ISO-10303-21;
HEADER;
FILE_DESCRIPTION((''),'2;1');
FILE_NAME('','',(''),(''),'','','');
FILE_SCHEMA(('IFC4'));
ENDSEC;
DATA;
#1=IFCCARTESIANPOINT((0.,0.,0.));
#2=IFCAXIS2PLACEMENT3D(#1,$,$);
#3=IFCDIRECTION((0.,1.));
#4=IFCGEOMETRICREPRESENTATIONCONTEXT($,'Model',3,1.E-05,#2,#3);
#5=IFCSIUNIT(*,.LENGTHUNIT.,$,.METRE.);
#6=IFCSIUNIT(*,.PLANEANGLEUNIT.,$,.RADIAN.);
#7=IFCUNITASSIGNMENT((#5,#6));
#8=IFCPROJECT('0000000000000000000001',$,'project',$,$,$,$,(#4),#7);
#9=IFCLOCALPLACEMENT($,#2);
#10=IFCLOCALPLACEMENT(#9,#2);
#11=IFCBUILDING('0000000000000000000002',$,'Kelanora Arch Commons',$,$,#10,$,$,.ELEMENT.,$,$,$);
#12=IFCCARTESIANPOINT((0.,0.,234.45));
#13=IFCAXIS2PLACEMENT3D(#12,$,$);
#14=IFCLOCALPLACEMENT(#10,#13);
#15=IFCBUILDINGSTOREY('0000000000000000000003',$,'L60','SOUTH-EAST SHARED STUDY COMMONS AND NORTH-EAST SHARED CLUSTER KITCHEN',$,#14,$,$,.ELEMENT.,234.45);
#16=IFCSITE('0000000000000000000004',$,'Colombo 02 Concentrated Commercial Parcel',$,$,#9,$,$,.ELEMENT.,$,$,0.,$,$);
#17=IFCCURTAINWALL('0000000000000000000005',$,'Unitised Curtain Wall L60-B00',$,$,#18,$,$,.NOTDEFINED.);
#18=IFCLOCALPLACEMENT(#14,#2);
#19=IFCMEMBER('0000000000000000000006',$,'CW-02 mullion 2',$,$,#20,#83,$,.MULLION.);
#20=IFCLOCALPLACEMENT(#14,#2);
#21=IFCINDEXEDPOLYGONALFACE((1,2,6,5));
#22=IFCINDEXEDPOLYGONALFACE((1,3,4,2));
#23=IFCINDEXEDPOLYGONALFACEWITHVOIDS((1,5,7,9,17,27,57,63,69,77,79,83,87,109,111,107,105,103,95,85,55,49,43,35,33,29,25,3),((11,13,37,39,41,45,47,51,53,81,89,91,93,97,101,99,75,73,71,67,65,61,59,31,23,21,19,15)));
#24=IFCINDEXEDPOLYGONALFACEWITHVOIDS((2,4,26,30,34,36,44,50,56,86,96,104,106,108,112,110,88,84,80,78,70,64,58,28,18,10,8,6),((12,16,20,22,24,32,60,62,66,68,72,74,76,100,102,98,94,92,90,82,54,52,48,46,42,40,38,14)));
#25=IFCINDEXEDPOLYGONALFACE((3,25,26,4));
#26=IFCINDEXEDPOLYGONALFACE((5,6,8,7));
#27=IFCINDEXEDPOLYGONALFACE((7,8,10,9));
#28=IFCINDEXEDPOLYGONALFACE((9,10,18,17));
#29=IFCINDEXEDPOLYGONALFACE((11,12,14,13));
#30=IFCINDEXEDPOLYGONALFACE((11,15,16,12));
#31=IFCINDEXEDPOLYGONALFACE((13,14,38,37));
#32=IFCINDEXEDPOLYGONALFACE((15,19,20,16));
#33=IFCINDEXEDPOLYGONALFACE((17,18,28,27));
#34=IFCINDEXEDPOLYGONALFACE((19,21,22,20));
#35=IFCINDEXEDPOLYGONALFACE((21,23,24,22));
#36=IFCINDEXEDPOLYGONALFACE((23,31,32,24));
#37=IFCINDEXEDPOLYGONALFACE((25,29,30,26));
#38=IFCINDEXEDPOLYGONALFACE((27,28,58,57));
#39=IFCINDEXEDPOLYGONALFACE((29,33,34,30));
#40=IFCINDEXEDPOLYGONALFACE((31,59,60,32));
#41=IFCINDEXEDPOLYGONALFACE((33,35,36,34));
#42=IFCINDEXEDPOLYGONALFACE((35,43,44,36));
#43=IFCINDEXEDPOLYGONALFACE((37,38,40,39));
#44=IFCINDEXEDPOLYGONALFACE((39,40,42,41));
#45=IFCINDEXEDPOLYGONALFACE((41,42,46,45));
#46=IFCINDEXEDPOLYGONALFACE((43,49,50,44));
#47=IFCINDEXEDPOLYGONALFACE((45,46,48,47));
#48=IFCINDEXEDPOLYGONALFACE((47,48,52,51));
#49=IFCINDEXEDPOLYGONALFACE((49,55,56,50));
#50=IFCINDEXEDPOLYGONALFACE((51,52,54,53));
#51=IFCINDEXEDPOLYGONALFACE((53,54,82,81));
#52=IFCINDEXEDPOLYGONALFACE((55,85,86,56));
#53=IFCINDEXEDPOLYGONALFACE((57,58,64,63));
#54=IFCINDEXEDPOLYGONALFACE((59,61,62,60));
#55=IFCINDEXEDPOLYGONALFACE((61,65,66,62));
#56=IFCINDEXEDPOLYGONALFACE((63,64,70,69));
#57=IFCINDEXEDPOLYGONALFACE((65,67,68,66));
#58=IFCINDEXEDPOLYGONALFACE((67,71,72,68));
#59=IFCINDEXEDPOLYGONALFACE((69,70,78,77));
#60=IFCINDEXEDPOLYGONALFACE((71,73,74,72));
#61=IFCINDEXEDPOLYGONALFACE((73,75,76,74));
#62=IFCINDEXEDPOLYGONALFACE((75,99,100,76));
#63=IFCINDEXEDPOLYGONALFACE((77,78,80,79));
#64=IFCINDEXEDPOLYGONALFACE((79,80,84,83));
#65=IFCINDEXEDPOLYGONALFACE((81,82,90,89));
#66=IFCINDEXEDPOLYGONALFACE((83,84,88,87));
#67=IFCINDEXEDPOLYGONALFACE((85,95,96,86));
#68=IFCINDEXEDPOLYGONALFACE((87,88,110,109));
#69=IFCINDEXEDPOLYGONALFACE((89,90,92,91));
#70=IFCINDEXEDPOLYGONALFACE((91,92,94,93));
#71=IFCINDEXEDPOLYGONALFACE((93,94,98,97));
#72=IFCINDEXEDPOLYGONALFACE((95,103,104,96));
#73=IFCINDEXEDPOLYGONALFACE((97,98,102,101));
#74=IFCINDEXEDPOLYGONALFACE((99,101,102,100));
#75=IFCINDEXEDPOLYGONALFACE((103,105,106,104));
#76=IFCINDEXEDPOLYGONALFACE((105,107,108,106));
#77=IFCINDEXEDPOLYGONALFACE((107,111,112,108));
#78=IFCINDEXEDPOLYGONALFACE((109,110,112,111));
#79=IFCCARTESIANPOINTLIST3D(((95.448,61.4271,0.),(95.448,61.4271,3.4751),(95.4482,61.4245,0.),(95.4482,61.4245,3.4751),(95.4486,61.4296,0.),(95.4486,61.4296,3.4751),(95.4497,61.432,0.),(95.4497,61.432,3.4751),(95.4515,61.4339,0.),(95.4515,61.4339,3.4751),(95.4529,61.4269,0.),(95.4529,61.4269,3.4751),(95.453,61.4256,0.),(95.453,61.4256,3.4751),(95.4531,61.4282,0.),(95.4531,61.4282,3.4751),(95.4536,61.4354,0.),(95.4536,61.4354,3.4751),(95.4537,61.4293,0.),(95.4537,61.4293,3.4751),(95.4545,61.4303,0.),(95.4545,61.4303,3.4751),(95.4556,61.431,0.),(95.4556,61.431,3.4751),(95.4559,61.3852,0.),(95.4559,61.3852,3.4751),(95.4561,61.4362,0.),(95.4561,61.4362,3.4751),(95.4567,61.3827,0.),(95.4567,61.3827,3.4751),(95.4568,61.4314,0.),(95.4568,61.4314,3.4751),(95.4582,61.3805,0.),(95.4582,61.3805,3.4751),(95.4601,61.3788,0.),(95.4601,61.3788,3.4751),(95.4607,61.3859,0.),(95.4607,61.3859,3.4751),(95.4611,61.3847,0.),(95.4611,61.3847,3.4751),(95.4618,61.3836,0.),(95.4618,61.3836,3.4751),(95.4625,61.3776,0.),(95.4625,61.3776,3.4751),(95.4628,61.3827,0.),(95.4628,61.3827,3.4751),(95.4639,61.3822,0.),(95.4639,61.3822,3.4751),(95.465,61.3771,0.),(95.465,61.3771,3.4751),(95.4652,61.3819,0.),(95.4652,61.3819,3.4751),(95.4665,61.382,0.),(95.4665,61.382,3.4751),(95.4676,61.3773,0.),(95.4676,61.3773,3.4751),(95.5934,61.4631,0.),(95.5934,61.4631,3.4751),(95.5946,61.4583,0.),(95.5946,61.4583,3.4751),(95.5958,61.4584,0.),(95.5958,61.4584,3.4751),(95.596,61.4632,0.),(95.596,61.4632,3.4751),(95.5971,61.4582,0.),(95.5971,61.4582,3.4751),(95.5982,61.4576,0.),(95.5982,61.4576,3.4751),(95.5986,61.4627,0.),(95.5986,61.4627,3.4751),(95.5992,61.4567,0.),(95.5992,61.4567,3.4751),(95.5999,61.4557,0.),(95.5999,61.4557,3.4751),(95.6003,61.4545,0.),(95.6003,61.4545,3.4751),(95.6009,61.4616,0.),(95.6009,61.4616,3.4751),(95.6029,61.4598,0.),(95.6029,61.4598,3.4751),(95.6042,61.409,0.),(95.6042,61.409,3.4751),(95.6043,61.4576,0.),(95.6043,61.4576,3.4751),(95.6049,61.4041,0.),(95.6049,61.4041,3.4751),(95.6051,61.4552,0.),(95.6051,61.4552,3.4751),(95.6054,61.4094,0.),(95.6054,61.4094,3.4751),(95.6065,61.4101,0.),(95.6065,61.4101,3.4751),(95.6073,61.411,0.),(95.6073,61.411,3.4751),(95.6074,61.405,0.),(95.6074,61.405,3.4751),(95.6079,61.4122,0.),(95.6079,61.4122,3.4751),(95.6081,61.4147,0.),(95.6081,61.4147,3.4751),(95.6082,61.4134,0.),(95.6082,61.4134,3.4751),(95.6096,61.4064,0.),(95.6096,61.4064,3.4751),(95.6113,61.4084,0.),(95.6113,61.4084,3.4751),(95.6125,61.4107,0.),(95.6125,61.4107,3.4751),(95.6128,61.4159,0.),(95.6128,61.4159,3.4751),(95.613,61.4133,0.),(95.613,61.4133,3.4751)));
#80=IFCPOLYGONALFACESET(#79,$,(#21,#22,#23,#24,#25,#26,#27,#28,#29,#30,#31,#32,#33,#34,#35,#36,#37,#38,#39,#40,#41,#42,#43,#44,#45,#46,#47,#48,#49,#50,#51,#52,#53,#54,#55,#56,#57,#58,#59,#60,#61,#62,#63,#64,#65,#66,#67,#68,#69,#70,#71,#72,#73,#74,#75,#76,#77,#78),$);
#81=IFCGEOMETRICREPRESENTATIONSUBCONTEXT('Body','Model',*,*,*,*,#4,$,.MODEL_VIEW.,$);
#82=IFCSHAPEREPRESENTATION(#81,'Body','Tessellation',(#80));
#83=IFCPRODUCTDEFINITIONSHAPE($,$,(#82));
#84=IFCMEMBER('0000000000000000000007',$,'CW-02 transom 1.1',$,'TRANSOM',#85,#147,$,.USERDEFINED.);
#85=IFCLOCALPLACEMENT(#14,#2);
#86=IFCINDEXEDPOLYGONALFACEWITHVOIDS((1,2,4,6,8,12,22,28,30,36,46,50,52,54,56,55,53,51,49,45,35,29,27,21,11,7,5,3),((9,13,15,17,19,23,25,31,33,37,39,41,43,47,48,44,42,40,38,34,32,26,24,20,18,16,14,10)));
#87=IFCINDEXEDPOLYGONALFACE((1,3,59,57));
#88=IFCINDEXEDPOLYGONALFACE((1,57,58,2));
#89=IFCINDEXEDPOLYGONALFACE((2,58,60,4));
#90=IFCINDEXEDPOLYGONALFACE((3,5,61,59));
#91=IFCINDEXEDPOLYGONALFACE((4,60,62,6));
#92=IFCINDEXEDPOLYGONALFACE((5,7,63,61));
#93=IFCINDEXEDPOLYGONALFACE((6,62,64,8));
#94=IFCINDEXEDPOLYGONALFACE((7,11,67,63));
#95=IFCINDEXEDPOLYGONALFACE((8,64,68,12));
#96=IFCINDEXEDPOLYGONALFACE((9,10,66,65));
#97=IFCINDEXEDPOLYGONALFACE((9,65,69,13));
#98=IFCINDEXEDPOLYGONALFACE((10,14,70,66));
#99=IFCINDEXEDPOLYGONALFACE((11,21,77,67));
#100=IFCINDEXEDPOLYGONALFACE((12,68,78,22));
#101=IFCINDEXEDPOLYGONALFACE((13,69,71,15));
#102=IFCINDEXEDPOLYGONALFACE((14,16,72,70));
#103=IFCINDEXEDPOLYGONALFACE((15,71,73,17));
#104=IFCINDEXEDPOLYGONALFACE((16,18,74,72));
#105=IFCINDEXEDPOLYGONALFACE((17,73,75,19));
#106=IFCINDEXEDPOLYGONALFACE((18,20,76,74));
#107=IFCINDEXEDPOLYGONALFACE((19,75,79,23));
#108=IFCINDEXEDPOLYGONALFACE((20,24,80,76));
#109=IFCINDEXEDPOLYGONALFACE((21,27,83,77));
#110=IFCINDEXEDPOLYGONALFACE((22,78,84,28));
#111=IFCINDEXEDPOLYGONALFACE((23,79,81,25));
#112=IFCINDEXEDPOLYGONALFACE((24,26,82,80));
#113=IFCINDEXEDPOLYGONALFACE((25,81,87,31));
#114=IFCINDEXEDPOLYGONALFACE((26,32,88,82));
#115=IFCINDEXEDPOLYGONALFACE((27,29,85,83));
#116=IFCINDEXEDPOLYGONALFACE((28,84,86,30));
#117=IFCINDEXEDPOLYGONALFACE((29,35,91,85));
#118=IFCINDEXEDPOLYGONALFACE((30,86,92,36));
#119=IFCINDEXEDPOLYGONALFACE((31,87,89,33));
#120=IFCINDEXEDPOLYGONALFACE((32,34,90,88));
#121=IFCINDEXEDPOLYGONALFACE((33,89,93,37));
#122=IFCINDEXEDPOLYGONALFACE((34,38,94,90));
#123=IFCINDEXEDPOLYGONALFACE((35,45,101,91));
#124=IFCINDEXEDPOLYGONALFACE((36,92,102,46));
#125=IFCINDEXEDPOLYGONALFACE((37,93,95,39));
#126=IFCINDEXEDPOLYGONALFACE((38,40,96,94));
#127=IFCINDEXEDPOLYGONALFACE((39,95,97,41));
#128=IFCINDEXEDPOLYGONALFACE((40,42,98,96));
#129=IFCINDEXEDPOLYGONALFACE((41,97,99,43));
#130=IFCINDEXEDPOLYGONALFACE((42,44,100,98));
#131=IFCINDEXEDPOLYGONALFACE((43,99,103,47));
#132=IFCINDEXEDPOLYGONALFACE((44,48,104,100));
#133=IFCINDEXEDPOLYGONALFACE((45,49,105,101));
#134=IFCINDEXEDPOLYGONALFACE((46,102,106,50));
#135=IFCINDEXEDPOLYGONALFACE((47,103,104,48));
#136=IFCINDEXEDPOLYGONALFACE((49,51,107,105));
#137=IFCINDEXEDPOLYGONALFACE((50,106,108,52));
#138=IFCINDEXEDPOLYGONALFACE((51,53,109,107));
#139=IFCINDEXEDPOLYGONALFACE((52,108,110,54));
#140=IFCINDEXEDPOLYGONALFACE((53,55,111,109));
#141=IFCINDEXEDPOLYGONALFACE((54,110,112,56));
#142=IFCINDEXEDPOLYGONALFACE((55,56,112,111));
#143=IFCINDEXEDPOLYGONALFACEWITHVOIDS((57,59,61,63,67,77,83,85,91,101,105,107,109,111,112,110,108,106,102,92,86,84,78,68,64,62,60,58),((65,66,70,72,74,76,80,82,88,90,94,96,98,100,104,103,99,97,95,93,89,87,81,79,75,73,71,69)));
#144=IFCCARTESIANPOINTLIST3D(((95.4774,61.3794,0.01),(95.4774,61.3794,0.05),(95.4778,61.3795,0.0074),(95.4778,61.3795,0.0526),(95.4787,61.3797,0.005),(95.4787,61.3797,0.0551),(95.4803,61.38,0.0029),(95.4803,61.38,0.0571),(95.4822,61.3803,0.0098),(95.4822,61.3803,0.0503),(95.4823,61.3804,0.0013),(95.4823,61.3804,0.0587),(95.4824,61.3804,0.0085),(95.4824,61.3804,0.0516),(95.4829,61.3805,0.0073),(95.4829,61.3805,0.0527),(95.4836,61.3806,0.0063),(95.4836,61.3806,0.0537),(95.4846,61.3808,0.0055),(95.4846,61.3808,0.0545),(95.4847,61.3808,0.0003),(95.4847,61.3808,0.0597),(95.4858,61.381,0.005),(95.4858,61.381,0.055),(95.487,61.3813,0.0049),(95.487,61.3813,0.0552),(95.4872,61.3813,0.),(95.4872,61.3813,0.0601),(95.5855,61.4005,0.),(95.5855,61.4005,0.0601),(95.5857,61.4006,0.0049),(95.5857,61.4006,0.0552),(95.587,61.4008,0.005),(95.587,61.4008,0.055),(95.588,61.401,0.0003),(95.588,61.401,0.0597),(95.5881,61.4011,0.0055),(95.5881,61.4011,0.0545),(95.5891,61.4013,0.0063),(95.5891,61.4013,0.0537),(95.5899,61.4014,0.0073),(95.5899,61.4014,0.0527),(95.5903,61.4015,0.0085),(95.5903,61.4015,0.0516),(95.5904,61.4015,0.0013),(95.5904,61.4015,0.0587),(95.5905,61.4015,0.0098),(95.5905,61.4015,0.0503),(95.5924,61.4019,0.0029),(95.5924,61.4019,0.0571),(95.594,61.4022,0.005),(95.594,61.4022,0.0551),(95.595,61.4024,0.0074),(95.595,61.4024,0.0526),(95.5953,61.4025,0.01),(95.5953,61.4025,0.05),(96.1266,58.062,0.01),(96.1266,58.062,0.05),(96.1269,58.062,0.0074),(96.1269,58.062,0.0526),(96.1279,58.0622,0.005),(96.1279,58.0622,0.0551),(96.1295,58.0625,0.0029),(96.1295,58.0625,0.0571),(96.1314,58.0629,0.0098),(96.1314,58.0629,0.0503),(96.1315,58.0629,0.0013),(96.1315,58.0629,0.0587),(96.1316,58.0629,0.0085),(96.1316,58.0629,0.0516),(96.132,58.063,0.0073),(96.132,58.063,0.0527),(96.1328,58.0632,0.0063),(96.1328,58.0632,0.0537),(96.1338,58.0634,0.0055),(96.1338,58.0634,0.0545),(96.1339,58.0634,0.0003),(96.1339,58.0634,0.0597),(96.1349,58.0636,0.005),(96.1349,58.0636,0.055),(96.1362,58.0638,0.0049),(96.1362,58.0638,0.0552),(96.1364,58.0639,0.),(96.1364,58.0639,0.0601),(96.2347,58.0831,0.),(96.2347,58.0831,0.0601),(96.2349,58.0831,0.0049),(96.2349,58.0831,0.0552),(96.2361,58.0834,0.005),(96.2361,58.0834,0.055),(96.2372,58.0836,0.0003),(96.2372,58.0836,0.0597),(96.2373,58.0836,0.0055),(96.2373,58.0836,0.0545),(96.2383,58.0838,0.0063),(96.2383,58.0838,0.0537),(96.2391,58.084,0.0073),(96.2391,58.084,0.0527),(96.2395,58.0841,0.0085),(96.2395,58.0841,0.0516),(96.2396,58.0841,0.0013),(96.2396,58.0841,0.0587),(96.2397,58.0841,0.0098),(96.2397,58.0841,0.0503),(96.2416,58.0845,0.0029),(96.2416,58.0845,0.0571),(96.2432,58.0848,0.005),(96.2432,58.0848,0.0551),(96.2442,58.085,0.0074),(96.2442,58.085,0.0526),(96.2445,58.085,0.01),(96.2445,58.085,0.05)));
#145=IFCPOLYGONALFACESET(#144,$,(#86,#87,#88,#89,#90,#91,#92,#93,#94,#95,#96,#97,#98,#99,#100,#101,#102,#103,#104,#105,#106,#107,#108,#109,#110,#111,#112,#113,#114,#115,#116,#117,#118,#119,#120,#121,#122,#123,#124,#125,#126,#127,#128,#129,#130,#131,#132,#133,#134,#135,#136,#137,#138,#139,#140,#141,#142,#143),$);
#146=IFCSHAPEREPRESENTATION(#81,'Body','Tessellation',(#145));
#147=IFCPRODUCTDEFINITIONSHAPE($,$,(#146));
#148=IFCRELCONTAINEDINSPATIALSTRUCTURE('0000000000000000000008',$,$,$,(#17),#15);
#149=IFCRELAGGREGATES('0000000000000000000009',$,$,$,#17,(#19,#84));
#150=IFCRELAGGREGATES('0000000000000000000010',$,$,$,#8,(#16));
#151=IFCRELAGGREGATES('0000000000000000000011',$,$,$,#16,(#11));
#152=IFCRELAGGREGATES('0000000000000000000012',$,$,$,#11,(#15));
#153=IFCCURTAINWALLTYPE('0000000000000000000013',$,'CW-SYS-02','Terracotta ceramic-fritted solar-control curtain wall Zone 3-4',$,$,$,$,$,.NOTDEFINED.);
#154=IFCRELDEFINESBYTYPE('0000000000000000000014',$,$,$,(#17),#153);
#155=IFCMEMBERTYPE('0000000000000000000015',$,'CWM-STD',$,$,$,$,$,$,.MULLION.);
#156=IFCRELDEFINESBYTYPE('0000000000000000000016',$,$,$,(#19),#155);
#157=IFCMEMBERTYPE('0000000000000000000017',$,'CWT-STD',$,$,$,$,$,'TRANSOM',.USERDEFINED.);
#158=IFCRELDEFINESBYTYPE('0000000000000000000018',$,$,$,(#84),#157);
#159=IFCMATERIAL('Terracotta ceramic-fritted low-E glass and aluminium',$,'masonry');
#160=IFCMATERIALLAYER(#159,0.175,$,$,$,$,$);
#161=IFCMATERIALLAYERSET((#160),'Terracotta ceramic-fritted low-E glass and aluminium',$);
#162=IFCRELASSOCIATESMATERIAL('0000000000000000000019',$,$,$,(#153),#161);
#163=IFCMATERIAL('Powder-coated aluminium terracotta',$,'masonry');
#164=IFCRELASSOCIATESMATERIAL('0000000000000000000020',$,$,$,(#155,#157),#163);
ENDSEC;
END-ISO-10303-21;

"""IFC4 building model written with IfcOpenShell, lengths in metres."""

from ifc_helpers import new_model, si_unit, direction, frame, origin, origin_2d, place, context, subcontext, project, spatial, hollow_rectangle, extrude, material, layer, layer_set, material_profile, profile_set, type_object, element, aggregate, save


model = new_model("IFC4")

# Units and contexts
model_context = context("Model", 3, precision=1e-05, world=origin(), true_north=direction((0.0, 1.0)))
body_context = subcontext(model_context, "Body", "Model", "MODEL_VIEW")
ifc_project = project(units=[si_unit("LENGTHUNIT", "METRE"), si_unit("PLANEANGLEUNIT", "RADIAN")], contexts=[model_context])

# Site, building, storey
site_placement = place(None, origin())
site = spatial("IfcSite", under=ifc_project, at=site_placement, Name="Colombo 02 Concentrated Commercial Parcel", CompositionType="ELEMENT", RefElevation=0.0)
building_placement = place(site_placement, origin())
building = spatial("IfcBuilding", under=site, at=building_placement, Name="Kelanora Arch Commons", CompositionType="ELEMENT")
storey_placement = place(building_placement, frame((0.0, 0.0, 234.45)))
storey = spatial("IfcBuildingStorey", under=building, at=storey_placement, Name="L60", Description="SOUTH-EAST SHARED STUDY COMMONS AND NORTH-EAST SHARED CLUSTER KITCHEN", CompositionType="ELEMENT", Elevation=234.45)

# Curtain wall, members
ifc_material_1 = material(Name="Terracotta ceramic-fritted low-E glass and aluminium", Category="masonry")
ifc_layer_1 = layer(ifc_material_1, 0.175)
ifc_layer_set_1 = layer_set([ifc_layer_1], Name="Terracotta ceramic-fritted low-E glass and aluminium")
curtain_wall_type = type_object("IfcCurtainWallType", Name="CW-SYS-02", Description="Terracotta ceramic-fritted solar-control curtain wall Zone 3-4", PredefinedType="NOTDEFINED", material=ifc_layer_set_1)
curtain_wall_placement = place(storey_placement, origin())
curtain_wall = element("IfcCurtainWall", 1, at=curtain_wall_placement, inside=storey, type_object=curtain_wall_type, Name="Unitised Curtain Wall L60-B00", PredefinedType="NOTDEFINED")
ifc_material_2 = material(Name="Powder-coated aluminium terracotta", Category="masonry")
ifc_material_profile_1 = material_profile(ifc_material_2, hollow_rectangle(XDim=0.1599, YDim=0.0601, WallThickness=0.0049, InnerFilletRadius=0.0049, OuterFilletRadius=0.01, at=origin_2d()), Name="CWM160x60")
ifc_profile_set_1 = profile_set([ifc_material_profile_1], Name="Powder-coated aluminium terracotta")
member_type_1 = type_object("IfcMemberType", Name="CWM-STD", PredefinedType="MULLION", material=ifc_profile_set_1)
member_1_placement = place(storey_placement, frame((95.5305, 61.4202, 0.0), z_axis=(0.0, 0.0, 1.0), x_axis=(-0.981381, -0.192069, 0.0)))
member_1 = element("IfcMember", 2, at=member_1_placement, type_object=member_type_1, Name="CW-02 mullion 2", PredefinedType="MULLION", context=body_context, shape_type="SweptSolid", body=[
    extrude(hollow_rectangle(XDim=0.1599, YDim=0.0601, WallThickness=0.0049, InnerFilletRadius=0.0049, OuterFilletRadius=0.01, at=origin_2d()), origin(), (0.0, 0.0, 1.0), 3.4751),
])
ifc_material_profile_2 = material_profile(ifc_material_2, hollow_rectangle(XDim=0.1201, YDim=0.0601, WallThickness=0.0049, InnerFilletRadius=0.0049, OuterFilletRadius=0.01, at=origin_2d()), Name="CWT120x60")
ifc_profile_set_2 = profile_set([ifc_material_profile_2], Name="Powder-coated aluminium terracotta")
member_type_2 = type_object("IfcMemberType", Name="CWT-STD", ElementType="TRANSOM", PredefinedType="USERDEFINED", material=ifc_profile_set_2)
member_2_placement = place(storey_placement, frame((96.1855, 58.0735, 0.03), z_axis=(-0.192045, 0.981386, 0.0), x_axis=(-0.981386, -0.192045, 0.0)))
member_2 = element("IfcMember", 3, at=member_2_placement, type_object=member_type_2, Name="CW-02 transom 1.1", ObjectType="TRANSOM", PredefinedType="USERDEFINED", context=body_context, shape_type="SweptSolid", body=[
    extrude(hollow_rectangle(XDim=0.1201, YDim=0.0601, WallThickness=0.0049, InnerFilletRadius=0.0049, OuterFilletRadius=0.01, at=origin_2d()), origin(), (0.0, 0.0, 1.0), 3.3804),
])
aggregate(curtain_wall, [member_1, member_2])

save(model, "model.ifc")
